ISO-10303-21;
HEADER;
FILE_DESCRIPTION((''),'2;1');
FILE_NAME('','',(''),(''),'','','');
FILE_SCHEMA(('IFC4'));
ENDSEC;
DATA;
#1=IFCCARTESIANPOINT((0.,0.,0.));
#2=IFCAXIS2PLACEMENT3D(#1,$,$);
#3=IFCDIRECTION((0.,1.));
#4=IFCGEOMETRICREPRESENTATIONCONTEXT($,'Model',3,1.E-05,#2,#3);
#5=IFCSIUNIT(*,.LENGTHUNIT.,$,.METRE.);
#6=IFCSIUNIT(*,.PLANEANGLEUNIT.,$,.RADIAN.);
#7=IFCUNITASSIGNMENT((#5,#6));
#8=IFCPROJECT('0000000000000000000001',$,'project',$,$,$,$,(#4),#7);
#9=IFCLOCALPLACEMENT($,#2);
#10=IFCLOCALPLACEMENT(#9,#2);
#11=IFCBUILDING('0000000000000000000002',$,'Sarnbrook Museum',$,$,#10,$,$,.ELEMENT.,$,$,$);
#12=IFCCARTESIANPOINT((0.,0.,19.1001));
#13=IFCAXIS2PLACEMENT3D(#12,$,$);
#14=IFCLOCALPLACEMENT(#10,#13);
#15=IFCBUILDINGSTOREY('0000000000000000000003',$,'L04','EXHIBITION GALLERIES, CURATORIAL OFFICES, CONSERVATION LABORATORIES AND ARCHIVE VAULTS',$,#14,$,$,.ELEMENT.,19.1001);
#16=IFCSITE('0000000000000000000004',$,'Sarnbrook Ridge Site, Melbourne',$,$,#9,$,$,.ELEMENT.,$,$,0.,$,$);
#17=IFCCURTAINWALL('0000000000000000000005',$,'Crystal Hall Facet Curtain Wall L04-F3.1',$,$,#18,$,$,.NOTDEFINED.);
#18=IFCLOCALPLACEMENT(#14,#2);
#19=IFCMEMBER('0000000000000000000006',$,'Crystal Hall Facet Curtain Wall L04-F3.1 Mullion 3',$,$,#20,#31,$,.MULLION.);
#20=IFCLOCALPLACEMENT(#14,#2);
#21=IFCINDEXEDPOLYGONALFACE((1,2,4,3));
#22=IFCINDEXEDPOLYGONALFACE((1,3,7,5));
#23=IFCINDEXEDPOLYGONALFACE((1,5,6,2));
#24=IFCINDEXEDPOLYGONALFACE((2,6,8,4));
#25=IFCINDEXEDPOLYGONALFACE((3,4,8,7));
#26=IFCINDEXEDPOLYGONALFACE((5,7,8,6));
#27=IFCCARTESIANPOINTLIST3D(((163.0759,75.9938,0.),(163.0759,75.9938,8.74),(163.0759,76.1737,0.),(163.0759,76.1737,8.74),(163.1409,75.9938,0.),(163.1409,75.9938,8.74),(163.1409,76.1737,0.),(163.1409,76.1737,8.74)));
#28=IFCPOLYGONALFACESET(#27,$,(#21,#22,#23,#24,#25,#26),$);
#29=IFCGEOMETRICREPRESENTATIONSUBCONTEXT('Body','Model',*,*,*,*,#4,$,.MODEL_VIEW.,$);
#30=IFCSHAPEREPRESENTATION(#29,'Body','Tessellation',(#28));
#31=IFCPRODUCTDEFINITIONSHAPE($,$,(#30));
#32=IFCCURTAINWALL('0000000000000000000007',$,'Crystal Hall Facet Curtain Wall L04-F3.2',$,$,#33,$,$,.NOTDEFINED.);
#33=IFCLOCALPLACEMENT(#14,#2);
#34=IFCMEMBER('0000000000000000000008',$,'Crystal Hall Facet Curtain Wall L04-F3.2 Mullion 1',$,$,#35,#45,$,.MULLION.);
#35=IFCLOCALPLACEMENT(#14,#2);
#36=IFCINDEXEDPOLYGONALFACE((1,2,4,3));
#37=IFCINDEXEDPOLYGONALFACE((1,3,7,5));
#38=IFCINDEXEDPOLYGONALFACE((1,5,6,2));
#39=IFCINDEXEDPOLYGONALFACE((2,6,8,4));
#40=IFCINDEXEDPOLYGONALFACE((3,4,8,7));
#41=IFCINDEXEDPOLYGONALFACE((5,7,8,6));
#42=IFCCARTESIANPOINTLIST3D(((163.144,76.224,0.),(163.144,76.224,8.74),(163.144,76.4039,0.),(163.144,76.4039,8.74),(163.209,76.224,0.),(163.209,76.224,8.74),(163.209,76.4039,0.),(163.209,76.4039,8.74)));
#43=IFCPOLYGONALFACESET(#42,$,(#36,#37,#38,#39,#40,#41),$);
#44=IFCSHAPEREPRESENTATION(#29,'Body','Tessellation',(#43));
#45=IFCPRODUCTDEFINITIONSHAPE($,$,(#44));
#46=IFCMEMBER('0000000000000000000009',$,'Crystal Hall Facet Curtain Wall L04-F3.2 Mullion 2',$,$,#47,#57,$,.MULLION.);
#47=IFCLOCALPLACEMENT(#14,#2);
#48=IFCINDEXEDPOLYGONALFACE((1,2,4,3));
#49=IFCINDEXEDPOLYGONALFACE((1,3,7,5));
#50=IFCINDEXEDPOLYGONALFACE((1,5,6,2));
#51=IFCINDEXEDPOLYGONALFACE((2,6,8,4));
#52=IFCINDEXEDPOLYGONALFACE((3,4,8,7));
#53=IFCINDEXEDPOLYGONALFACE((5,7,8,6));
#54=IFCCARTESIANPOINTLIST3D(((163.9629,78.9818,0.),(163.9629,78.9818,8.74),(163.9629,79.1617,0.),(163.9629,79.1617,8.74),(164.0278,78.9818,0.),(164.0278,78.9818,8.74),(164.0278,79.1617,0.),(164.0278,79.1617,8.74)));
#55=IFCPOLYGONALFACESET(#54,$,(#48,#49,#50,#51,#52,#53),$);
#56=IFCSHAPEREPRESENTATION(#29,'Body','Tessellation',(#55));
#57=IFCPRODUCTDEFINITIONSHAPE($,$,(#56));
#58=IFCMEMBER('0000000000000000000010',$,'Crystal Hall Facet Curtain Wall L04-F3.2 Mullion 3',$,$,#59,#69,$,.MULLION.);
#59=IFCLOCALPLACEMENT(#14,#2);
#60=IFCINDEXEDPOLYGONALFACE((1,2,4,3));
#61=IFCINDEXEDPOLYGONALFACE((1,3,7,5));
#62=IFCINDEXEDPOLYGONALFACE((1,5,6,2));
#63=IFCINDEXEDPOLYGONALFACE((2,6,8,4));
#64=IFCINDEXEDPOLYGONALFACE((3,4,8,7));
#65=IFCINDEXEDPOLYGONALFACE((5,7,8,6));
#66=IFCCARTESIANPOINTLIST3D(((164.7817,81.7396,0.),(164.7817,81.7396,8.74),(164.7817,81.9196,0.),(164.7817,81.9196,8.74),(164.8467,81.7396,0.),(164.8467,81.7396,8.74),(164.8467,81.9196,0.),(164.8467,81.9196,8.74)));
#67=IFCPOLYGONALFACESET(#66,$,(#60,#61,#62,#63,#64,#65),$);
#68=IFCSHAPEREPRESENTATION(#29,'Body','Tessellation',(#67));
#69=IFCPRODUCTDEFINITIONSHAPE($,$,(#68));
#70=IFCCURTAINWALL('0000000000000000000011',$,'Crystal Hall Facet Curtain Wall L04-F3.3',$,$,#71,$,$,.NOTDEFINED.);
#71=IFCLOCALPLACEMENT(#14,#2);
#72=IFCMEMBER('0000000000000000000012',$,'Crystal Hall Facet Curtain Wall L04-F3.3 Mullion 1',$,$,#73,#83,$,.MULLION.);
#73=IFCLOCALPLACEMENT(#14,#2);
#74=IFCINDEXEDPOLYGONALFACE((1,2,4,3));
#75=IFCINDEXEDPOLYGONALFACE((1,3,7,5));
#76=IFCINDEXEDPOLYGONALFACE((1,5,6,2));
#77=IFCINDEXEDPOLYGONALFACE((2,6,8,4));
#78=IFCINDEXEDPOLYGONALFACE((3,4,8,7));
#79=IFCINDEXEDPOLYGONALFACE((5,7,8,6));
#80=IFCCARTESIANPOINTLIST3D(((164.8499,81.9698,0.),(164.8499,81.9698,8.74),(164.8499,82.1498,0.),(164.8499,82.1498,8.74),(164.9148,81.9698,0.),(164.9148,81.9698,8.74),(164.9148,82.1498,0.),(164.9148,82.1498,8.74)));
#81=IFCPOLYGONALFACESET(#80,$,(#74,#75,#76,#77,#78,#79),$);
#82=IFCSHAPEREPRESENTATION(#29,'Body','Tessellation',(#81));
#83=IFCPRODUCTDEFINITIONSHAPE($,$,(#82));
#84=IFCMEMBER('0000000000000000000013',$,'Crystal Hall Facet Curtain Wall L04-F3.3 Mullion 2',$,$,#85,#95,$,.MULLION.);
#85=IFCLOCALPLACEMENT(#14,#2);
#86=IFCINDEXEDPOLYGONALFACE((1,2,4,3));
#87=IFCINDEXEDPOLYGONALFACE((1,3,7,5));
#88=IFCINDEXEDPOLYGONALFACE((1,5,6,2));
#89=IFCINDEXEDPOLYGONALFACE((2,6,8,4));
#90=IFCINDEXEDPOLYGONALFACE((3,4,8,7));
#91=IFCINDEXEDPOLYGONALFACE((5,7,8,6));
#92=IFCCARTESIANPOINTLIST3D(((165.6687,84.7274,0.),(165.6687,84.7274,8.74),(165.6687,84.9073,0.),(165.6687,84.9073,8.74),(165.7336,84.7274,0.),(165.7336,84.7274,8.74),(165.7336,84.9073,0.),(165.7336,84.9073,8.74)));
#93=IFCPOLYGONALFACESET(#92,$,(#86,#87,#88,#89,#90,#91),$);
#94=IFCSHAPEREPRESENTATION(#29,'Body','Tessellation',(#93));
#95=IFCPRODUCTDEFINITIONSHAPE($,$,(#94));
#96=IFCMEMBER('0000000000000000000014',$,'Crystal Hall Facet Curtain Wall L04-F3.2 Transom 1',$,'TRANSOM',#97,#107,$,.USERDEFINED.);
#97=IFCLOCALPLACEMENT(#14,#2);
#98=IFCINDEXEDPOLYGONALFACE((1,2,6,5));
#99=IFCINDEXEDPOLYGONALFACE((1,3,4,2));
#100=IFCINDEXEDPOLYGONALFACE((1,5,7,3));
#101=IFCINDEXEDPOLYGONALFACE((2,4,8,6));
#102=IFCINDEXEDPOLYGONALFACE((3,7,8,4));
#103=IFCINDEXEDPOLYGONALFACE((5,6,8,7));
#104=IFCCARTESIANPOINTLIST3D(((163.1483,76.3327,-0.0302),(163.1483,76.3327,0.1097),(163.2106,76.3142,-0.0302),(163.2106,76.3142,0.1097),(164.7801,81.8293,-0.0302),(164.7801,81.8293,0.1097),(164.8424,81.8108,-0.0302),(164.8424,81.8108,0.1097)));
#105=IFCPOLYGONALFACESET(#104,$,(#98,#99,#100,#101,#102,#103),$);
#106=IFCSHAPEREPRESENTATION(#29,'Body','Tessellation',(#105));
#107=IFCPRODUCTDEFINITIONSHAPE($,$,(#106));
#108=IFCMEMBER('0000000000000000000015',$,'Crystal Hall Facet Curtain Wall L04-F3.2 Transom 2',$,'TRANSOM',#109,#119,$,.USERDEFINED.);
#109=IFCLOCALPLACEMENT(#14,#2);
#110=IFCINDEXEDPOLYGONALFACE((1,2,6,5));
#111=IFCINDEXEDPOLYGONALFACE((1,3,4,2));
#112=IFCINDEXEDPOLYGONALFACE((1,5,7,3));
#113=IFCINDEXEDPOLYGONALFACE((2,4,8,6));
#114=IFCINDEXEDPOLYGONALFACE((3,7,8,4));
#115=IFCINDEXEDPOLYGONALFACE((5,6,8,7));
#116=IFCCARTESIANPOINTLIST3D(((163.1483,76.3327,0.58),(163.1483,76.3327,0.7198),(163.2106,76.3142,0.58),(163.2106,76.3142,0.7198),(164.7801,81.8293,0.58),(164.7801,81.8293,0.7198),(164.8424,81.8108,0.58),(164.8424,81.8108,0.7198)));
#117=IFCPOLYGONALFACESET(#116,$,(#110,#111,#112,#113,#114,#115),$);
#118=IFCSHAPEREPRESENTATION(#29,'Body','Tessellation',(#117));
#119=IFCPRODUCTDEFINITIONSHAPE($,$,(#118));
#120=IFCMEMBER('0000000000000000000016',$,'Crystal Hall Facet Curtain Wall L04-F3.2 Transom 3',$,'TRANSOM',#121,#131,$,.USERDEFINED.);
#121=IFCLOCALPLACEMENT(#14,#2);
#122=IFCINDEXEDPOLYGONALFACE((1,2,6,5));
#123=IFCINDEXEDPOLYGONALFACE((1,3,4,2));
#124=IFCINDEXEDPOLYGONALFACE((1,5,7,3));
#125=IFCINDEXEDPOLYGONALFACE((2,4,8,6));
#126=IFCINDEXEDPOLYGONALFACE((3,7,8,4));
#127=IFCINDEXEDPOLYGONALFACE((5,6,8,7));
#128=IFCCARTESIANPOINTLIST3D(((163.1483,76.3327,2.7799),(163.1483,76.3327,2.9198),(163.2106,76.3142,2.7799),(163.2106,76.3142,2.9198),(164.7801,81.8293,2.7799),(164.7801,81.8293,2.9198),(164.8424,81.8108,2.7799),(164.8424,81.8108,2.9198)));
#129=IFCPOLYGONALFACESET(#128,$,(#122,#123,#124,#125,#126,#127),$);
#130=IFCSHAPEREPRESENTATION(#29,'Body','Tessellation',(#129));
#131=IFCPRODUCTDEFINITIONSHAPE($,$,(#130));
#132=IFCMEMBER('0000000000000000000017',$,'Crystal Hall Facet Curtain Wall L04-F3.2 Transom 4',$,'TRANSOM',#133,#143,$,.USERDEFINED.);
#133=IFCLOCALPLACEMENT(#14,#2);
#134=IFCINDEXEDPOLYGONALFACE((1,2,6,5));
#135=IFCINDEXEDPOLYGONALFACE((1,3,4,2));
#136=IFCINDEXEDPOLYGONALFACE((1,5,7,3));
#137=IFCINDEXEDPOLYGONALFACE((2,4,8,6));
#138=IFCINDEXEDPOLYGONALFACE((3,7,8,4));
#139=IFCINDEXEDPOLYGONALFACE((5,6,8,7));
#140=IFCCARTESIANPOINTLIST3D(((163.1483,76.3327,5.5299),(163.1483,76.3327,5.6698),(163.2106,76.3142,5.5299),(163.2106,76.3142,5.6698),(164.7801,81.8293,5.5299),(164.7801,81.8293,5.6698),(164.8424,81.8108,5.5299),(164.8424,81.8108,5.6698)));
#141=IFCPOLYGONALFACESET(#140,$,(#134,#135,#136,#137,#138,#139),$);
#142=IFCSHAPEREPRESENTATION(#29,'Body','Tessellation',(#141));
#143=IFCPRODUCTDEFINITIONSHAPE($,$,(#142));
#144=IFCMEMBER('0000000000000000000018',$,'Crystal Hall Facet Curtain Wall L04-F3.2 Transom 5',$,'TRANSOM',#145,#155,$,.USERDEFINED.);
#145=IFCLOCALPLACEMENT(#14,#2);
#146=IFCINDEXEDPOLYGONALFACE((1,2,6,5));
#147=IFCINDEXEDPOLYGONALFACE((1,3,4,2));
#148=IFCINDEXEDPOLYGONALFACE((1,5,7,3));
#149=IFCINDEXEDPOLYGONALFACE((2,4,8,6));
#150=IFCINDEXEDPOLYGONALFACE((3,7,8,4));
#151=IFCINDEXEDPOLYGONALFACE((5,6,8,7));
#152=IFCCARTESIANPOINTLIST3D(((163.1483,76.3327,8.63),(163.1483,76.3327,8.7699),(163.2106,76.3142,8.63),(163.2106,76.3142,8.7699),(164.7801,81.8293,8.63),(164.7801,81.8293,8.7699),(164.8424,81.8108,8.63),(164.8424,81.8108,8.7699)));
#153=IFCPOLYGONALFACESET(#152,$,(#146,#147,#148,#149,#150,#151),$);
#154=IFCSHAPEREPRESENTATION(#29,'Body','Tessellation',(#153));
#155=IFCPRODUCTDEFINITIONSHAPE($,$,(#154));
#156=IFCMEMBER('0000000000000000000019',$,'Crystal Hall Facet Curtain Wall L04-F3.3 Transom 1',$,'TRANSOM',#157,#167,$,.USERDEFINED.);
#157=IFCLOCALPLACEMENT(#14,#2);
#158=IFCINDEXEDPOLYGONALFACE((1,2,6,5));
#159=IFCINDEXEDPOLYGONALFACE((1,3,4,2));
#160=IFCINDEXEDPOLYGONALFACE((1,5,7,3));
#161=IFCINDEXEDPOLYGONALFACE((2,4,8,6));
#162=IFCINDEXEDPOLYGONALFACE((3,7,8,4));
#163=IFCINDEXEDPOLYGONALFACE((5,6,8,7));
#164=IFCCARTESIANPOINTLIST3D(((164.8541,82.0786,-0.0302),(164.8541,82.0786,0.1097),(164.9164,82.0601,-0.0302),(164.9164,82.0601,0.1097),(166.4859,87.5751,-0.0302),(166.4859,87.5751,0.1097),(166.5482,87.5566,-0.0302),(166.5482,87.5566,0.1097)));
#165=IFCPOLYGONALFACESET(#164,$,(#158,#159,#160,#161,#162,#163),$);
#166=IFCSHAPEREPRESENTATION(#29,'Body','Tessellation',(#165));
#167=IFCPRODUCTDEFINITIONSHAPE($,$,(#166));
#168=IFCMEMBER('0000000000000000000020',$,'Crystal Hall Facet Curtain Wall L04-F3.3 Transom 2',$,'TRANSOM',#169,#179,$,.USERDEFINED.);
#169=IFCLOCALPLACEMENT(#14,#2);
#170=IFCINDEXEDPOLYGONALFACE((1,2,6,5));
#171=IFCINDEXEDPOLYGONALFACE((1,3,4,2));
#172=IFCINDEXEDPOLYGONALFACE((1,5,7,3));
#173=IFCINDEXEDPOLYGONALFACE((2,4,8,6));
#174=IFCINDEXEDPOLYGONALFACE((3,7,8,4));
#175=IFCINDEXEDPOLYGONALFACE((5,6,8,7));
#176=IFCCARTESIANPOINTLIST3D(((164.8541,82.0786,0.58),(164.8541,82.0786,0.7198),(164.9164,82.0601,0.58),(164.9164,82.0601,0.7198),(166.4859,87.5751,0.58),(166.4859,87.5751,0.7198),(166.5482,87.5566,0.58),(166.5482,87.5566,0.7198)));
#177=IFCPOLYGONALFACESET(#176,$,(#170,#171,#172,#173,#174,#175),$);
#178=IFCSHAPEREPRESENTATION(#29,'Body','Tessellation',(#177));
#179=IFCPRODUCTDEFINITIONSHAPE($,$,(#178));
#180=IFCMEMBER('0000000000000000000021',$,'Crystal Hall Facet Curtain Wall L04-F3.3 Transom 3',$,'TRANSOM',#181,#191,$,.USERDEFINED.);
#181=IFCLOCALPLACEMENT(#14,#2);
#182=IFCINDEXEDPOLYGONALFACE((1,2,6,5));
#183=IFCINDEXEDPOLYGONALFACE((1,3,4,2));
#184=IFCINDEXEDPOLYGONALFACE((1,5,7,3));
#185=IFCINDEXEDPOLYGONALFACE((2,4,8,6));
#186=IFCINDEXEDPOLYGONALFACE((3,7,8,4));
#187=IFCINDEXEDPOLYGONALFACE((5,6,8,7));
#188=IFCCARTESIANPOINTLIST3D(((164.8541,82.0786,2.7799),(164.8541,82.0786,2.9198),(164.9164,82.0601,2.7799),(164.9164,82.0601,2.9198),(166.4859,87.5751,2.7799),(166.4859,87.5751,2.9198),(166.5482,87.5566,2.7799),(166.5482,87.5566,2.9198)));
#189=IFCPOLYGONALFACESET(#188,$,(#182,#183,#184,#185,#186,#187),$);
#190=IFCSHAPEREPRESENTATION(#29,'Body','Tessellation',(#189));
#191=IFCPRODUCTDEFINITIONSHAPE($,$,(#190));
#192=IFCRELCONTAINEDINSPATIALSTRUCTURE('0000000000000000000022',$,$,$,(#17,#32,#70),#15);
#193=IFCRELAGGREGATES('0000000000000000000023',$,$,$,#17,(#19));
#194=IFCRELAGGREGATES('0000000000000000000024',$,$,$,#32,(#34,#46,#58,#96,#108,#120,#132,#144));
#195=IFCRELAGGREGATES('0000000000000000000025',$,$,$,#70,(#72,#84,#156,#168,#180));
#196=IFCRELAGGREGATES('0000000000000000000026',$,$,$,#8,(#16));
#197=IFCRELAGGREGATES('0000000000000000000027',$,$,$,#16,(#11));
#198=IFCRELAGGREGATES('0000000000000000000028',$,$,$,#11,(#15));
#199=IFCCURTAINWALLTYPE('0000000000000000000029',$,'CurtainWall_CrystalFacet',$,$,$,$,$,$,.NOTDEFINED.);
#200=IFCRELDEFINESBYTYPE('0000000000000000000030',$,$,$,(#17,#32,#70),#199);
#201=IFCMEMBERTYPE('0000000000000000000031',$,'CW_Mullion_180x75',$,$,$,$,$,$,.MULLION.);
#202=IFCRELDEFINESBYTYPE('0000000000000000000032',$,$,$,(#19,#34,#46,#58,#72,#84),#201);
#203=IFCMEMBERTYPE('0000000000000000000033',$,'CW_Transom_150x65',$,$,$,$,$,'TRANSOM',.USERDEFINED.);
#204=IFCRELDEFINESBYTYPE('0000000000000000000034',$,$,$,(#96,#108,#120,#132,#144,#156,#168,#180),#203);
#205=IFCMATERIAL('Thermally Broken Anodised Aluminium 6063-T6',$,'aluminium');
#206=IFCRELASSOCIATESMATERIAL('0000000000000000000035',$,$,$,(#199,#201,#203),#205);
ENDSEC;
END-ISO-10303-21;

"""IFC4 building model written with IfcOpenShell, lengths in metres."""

from ifc_helpers import new_model, si_unit, direction, frame, origin, origin_2d, place, context, subcontext, project, spatial, rectangle, extrude, material, material_profile, profile_set, type_object, element, aggregate, save


model = new_model("IFC4")

# Units and contexts
model_context = context("Model", 3, precision=1e-05, world=origin(), true_north=direction((0.0, 1.0)))
body_context = subcontext(model_context, "Body", "Model", "MODEL_VIEW")
ifc_project = project(units=[si_unit("LENGTHUNIT", "METRE"), si_unit("PLANEANGLEUNIT", "RADIAN")], contexts=[model_context])

# Site, building, storey
site_placement = place(None, origin())
site = spatial("IfcSite", under=ifc_project, at=site_placement, Name="Sarnbrook Ridge Site, Melbourne", CompositionType="ELEMENT", RefElevation=0.0)
building_placement = place(site_placement, origin())
building = spatial("IfcBuilding", under=site, at=building_placement, Name="Sarnbrook Museum", CompositionType="ELEMENT")
storey_placement = place(building_placement, frame((0.0, 0.0, 19.1001)))
storey = spatial("IfcBuildingStorey", under=building, at=storey_placement, Name="L04", Description="EXHIBITION GALLERIES, CURATORIAL OFFICES, CONSERVATION LABORATORIES AND ARCHIVE VAULTS", CompositionType="ELEMENT", Elevation=19.1001)

# Curtain wall, member
ifc_material_1 = material(Name="Thermally Broken Anodised Aluminium 6063-T6", Category="aluminium")
curtain_wall_type = type_object("IfcCurtainWallType", Name="CurtainWall_CrystalFacet", PredefinedType="NOTDEFINED", material=ifc_material_1)
curtain_wall_1_placement = place(storey_placement, origin())
curtain_wall_1 = element("IfcCurtainWall", 1, at=curtain_wall_1_placement, inside=storey, type_object=curtain_wall_type, Name="Crystal Hall Facet Curtain Wall L04-F3.1", PredefinedType="NOTDEFINED")
ifc_material_profile_1 = material_profile(ifc_material_1, rectangle(XDim=0.0649, YDim=0.1799, at=origin_2d()), Name="ALU MULLION 65x180")
ifc_profile_set_1 = profile_set([ifc_material_profile_1], Name="Thermally Broken Anodised Aluminium 6063-T6")
member_type_1 = type_object("IfcMemberType", Name="CW_Mullion_180x75", PredefinedType="MULLION", material=ifc_profile_set_1)
member_1_placement = place(storey_placement, frame((163.1084, 76.0837, 0.0), z_axis=(0.0, 0.0, 1.0), x_axis=(1.0, 0.0, 0.0)))
member_1 = element("IfcMember", 2, at=member_1_placement, type_object=member_type_1, Name="Crystal Hall Facet Curtain Wall L04-F3.1 Mullion 3", PredefinedType="MULLION", context=body_context, shape_type="SweptSolid", body=[
    extrude(rectangle(XDim=0.0649, YDim=0.1799, at=origin_2d()), origin(), (0.0, 0.0, 1.0), 8.74),
])

# Curtain walls, members
curtain_wall_2_placement = place(storey_placement, origin())
curtain_wall_2 = element("IfcCurtainWall", 3, at=curtain_wall_2_placement, inside=storey, type_object=curtain_wall_type, Name="Crystal Hall Facet Curtain Wall L04-F3.2", PredefinedType="NOTDEFINED")
member_2_placement = place(storey_placement, frame((163.1765, 76.314, 0.0), z_axis=(0.0, 0.0, 1.0), x_axis=(1.0, 0.0, 0.0)))
member_2 = element("IfcMember", 4, at=member_2_placement, type_object=member_type_1, Name="Crystal Hall Facet Curtain Wall L04-F3.2 Mullion 1", PredefinedType="MULLION", context=body_context, shape_type="SweptSolid", body=[
    extrude(rectangle(XDim=0.0649, YDim=0.1799, at=origin_2d()), origin(), (0.0, 0.0, 1.0), 8.74),
])
member_3_placement = place(storey_placement, frame((163.9954, 79.0718, 0.0), z_axis=(0.0, 0.0, 1.0), x_axis=(1.0, 0.0, 0.0)))
member_3 = element("IfcMember", 5, at=member_3_placement, type_object=member_type_1, Name="Crystal Hall Facet Curtain Wall L04-F3.2 Mullion 2", PredefinedType="MULLION", context=body_context, shape_type="SweptSolid", body=[
    extrude(rectangle(XDim=0.0649, YDim=0.1799, at=origin_2d()), origin(), (0.0, 0.0, 1.0), 8.74),
])
member_4_placement = place(storey_placement, frame((164.8142, 81.8296, 0.0), z_axis=(0.0, 0.0, 1.0), x_axis=(1.0, 0.0, 0.0)))
member_4 = element("IfcMember", 6, at=member_4_placement, type_object=member_type_1, Name="Crystal Hall Facet Curtain Wall L04-F3.2 Mullion 3", PredefinedType="MULLION", context=body_context, shape_type="SweptSolid", body=[
    extrude(rectangle(XDim=0.0649, YDim=0.1799, at=origin_2d()), origin(), (0.0, 0.0, 1.0), 8.74),
])
curtain_wall_3_placement = place(storey_placement, origin())
curtain_wall_3 = element("IfcCurtainWall", 7, at=curtain_wall_3_placement, inside=storey, type_object=curtain_wall_type, Name="Crystal Hall Facet Curtain Wall L04-F3.3", PredefinedType="NOTDEFINED")
member_5_placement = place(storey_placement, frame((164.8823, 82.0598, 0.0), z_axis=(0.0, 0.0, 1.0), x_axis=(1.0, 0.0, 0.0)))
member_5 = element("IfcMember", 8, at=member_5_placement, type_object=member_type_1, Name="Crystal Hall Facet Curtain Wall L04-F3.3 Mullion 1", PredefinedType="MULLION", context=body_context, shape_type="SweptSolid", body=[
    extrude(rectangle(XDim=0.0649, YDim=0.1799, at=origin_2d()), origin(), (0.0, 0.0, 1.0), 8.74),
])
member_6_placement = place(storey_placement, frame((165.7012, 84.8174, 0.0), z_axis=(0.0, 0.0, 1.0), x_axis=(1.0, 0.0, 0.0)))
member_6 = element("IfcMember", 9, at=member_6_placement, type_object=member_type_1, Name="Crystal Hall Facet Curtain Wall L04-F3.3 Mullion 2", PredefinedType="MULLION", context=body_context, shape_type="SweptSolid", body=[
    extrude(rectangle(XDim=0.0649, YDim=0.1799, at=origin_2d()), origin(), (0.0, 0.0, 1.0), 8.74),
])

# Members
ifc_material_profile_2 = material_profile(ifc_material_1, rectangle(XDim=0.0649, YDim=0.1399, at=origin_2d()), Name="ALU TRANSOM 65x140")
ifc_profile_set_2 = profile_set([ifc_material_profile_2], Name="Thermally Broken Anodised Aluminium 6063-T6")
member_type_2 = type_object("IfcMemberType", Name="CW_Transom_150x65", ElementType="TRANSOM", PredefinedType="USERDEFINED", material=ifc_profile_set_2)
member_7_placement = place(storey_placement, frame((163.1794, 76.3235, 0.0398), z_axis=(0.284604, 0.958645, 0.0), x_axis=(-0.958645, 0.284604, 0.0)))
member_7 = element("IfcMember", 10, at=member_7_placement, type_object=member_type_2, Name="Crystal Hall Facet Curtain Wall L04-F3.2 Transom 1", ObjectType="TRANSOM", PredefinedType="USERDEFINED", context=body_context, shape_type="SweptSolid", body=[
    extrude(rectangle(XDim=0.0649, YDim=0.1399, at=origin_2d()), origin(), (0.0, 0.0, 1.0), 5.7336),
])
member_8_placement = place(storey_placement, frame((163.1794, 76.3235, 0.6499), z_axis=(0.284604, 0.958645, 0.0), x_axis=(-0.958645, 0.284604, 0.0)))
member_8 = element("IfcMember", 11, at=member_8_placement, type_object=member_type_2, Name="Crystal Hall Facet Curtain Wall L04-F3.2 Transom 2", ObjectType="TRANSOM", PredefinedType="USERDEFINED", context=body_context, shape_type="SweptSolid", body=[
    extrude(rectangle(XDim=0.0649, YDim=0.1399, at=origin_2d()), origin(), (0.0, 0.0, 1.0), 5.7336),
])
member_9_placement = place(storey_placement, frame((163.1794, 76.3235, 2.8499), z_axis=(0.284604, 0.958645, 0.0), x_axis=(-0.958645, 0.284604, 0.0)))
member_9 = element("IfcMember", 12, at=member_9_placement, type_object=member_type_2, Name="Crystal Hall Facet Curtain Wall L04-F3.2 Transom 3", ObjectType="TRANSOM", PredefinedType="USERDEFINED", context=body_context, shape_type="SweptSolid", body=[
    extrude(rectangle(XDim=0.0649, YDim=0.1399, at=origin_2d()), origin(), (0.0, 0.0, 1.0), 5.7336),
])
member_10_placement = place(storey_placement, frame((163.1794, 76.3235, 5.5999), z_axis=(0.284604, 0.958645, 0.0), x_axis=(-0.958645, 0.284604, 0.0)))
member_10 = element("IfcMember", 13, at=member_10_placement, type_object=member_type_2, Name="Crystal Hall Facet Curtain Wall L04-F3.2 Transom 4", ObjectType="TRANSOM", PredefinedType="USERDEFINED", context=body_context, shape_type="SweptSolid", body=[
    extrude(rectangle(XDim=0.0649, YDim=0.1399, at=origin_2d()), origin(), (0.0, 0.0, 1.0), 5.7336),
])
member_11_placement = place(storey_placement, frame((163.1794, 76.3235, 8.7), z_axis=(0.284604, 0.958645, 0.0), x_axis=(-0.958645, 0.284604, 0.0)))
member_11 = element("IfcMember", 14, at=member_11_placement, type_object=member_type_2, Name="Crystal Hall Facet Curtain Wall L04-F3.2 Transom 5", ObjectType="TRANSOM", PredefinedType="USERDEFINED", context=body_context, shape_type="SweptSolid", body=[
    extrude(rectangle(XDim=0.0649, YDim=0.1399, at=origin_2d()), origin(), (0.0, 0.0, 1.0), 5.7336),
])
member_12_placement = place(storey_placement, frame((164.8853, 82.0693, 0.0398), z_axis=(0.284604, 0.958645, 0.0), x_axis=(-0.958645, 0.284604, 0.0)))
member_12 = element("IfcMember", 15, at=member_12_placement, type_object=member_type_2, Name="Crystal Hall Facet Curtain Wall L04-F3.3 Transom 1", ObjectType="TRANSOM", PredefinedType="USERDEFINED", context=body_context, shape_type="SweptSolid", body=[
    extrude(rectangle(XDim=0.0649, YDim=0.1399, at=origin_2d()), origin(), (0.0, 0.0, 1.0), 5.7336),
])
member_13_placement = place(storey_placement, frame((164.8853, 82.0693, 0.6499), z_axis=(0.284604, 0.958645, 0.0), x_axis=(-0.958645, 0.284604, 0.0)))
member_13 = element("IfcMember", 16, at=member_13_placement, type_object=member_type_2, Name="Crystal Hall Facet Curtain Wall L04-F3.3 Transom 2", ObjectType="TRANSOM", PredefinedType="USERDEFINED", context=body_context, shape_type="SweptSolid", body=[
    extrude(rectangle(XDim=0.0649, YDim=0.1399, at=origin_2d()), origin(), (0.0, 0.0, 1.0), 5.7336),
])
member_14_placement = place(storey_placement, frame((164.8853, 82.0693, 2.8499), z_axis=(0.284604, 0.958645, 0.0), x_axis=(-0.958645, 0.284604, 0.0)))
member_14 = element("IfcMember", 17, at=member_14_placement, type_object=member_type_2, Name="Crystal Hall Facet Curtain Wall L04-F3.3 Transom 3", ObjectType="TRANSOM", PredefinedType="USERDEFINED", context=body_context, shape_type="SweptSolid", body=[
    extrude(rectangle(XDim=0.0649, YDim=0.1399, at=origin_2d()), origin(), (0.0, 0.0, 1.0), 5.7336),
])

aggregate(curtain_wall_1, [member_1])
aggregate(curtain_wall_2, [member_2, member_3, member_4, member_7, member_8, member_9, member_10, member_11])
aggregate(curtain_wall_3, [member_5, member_6, member_12, member_13, member_14])

save(model, "model.ifc")
